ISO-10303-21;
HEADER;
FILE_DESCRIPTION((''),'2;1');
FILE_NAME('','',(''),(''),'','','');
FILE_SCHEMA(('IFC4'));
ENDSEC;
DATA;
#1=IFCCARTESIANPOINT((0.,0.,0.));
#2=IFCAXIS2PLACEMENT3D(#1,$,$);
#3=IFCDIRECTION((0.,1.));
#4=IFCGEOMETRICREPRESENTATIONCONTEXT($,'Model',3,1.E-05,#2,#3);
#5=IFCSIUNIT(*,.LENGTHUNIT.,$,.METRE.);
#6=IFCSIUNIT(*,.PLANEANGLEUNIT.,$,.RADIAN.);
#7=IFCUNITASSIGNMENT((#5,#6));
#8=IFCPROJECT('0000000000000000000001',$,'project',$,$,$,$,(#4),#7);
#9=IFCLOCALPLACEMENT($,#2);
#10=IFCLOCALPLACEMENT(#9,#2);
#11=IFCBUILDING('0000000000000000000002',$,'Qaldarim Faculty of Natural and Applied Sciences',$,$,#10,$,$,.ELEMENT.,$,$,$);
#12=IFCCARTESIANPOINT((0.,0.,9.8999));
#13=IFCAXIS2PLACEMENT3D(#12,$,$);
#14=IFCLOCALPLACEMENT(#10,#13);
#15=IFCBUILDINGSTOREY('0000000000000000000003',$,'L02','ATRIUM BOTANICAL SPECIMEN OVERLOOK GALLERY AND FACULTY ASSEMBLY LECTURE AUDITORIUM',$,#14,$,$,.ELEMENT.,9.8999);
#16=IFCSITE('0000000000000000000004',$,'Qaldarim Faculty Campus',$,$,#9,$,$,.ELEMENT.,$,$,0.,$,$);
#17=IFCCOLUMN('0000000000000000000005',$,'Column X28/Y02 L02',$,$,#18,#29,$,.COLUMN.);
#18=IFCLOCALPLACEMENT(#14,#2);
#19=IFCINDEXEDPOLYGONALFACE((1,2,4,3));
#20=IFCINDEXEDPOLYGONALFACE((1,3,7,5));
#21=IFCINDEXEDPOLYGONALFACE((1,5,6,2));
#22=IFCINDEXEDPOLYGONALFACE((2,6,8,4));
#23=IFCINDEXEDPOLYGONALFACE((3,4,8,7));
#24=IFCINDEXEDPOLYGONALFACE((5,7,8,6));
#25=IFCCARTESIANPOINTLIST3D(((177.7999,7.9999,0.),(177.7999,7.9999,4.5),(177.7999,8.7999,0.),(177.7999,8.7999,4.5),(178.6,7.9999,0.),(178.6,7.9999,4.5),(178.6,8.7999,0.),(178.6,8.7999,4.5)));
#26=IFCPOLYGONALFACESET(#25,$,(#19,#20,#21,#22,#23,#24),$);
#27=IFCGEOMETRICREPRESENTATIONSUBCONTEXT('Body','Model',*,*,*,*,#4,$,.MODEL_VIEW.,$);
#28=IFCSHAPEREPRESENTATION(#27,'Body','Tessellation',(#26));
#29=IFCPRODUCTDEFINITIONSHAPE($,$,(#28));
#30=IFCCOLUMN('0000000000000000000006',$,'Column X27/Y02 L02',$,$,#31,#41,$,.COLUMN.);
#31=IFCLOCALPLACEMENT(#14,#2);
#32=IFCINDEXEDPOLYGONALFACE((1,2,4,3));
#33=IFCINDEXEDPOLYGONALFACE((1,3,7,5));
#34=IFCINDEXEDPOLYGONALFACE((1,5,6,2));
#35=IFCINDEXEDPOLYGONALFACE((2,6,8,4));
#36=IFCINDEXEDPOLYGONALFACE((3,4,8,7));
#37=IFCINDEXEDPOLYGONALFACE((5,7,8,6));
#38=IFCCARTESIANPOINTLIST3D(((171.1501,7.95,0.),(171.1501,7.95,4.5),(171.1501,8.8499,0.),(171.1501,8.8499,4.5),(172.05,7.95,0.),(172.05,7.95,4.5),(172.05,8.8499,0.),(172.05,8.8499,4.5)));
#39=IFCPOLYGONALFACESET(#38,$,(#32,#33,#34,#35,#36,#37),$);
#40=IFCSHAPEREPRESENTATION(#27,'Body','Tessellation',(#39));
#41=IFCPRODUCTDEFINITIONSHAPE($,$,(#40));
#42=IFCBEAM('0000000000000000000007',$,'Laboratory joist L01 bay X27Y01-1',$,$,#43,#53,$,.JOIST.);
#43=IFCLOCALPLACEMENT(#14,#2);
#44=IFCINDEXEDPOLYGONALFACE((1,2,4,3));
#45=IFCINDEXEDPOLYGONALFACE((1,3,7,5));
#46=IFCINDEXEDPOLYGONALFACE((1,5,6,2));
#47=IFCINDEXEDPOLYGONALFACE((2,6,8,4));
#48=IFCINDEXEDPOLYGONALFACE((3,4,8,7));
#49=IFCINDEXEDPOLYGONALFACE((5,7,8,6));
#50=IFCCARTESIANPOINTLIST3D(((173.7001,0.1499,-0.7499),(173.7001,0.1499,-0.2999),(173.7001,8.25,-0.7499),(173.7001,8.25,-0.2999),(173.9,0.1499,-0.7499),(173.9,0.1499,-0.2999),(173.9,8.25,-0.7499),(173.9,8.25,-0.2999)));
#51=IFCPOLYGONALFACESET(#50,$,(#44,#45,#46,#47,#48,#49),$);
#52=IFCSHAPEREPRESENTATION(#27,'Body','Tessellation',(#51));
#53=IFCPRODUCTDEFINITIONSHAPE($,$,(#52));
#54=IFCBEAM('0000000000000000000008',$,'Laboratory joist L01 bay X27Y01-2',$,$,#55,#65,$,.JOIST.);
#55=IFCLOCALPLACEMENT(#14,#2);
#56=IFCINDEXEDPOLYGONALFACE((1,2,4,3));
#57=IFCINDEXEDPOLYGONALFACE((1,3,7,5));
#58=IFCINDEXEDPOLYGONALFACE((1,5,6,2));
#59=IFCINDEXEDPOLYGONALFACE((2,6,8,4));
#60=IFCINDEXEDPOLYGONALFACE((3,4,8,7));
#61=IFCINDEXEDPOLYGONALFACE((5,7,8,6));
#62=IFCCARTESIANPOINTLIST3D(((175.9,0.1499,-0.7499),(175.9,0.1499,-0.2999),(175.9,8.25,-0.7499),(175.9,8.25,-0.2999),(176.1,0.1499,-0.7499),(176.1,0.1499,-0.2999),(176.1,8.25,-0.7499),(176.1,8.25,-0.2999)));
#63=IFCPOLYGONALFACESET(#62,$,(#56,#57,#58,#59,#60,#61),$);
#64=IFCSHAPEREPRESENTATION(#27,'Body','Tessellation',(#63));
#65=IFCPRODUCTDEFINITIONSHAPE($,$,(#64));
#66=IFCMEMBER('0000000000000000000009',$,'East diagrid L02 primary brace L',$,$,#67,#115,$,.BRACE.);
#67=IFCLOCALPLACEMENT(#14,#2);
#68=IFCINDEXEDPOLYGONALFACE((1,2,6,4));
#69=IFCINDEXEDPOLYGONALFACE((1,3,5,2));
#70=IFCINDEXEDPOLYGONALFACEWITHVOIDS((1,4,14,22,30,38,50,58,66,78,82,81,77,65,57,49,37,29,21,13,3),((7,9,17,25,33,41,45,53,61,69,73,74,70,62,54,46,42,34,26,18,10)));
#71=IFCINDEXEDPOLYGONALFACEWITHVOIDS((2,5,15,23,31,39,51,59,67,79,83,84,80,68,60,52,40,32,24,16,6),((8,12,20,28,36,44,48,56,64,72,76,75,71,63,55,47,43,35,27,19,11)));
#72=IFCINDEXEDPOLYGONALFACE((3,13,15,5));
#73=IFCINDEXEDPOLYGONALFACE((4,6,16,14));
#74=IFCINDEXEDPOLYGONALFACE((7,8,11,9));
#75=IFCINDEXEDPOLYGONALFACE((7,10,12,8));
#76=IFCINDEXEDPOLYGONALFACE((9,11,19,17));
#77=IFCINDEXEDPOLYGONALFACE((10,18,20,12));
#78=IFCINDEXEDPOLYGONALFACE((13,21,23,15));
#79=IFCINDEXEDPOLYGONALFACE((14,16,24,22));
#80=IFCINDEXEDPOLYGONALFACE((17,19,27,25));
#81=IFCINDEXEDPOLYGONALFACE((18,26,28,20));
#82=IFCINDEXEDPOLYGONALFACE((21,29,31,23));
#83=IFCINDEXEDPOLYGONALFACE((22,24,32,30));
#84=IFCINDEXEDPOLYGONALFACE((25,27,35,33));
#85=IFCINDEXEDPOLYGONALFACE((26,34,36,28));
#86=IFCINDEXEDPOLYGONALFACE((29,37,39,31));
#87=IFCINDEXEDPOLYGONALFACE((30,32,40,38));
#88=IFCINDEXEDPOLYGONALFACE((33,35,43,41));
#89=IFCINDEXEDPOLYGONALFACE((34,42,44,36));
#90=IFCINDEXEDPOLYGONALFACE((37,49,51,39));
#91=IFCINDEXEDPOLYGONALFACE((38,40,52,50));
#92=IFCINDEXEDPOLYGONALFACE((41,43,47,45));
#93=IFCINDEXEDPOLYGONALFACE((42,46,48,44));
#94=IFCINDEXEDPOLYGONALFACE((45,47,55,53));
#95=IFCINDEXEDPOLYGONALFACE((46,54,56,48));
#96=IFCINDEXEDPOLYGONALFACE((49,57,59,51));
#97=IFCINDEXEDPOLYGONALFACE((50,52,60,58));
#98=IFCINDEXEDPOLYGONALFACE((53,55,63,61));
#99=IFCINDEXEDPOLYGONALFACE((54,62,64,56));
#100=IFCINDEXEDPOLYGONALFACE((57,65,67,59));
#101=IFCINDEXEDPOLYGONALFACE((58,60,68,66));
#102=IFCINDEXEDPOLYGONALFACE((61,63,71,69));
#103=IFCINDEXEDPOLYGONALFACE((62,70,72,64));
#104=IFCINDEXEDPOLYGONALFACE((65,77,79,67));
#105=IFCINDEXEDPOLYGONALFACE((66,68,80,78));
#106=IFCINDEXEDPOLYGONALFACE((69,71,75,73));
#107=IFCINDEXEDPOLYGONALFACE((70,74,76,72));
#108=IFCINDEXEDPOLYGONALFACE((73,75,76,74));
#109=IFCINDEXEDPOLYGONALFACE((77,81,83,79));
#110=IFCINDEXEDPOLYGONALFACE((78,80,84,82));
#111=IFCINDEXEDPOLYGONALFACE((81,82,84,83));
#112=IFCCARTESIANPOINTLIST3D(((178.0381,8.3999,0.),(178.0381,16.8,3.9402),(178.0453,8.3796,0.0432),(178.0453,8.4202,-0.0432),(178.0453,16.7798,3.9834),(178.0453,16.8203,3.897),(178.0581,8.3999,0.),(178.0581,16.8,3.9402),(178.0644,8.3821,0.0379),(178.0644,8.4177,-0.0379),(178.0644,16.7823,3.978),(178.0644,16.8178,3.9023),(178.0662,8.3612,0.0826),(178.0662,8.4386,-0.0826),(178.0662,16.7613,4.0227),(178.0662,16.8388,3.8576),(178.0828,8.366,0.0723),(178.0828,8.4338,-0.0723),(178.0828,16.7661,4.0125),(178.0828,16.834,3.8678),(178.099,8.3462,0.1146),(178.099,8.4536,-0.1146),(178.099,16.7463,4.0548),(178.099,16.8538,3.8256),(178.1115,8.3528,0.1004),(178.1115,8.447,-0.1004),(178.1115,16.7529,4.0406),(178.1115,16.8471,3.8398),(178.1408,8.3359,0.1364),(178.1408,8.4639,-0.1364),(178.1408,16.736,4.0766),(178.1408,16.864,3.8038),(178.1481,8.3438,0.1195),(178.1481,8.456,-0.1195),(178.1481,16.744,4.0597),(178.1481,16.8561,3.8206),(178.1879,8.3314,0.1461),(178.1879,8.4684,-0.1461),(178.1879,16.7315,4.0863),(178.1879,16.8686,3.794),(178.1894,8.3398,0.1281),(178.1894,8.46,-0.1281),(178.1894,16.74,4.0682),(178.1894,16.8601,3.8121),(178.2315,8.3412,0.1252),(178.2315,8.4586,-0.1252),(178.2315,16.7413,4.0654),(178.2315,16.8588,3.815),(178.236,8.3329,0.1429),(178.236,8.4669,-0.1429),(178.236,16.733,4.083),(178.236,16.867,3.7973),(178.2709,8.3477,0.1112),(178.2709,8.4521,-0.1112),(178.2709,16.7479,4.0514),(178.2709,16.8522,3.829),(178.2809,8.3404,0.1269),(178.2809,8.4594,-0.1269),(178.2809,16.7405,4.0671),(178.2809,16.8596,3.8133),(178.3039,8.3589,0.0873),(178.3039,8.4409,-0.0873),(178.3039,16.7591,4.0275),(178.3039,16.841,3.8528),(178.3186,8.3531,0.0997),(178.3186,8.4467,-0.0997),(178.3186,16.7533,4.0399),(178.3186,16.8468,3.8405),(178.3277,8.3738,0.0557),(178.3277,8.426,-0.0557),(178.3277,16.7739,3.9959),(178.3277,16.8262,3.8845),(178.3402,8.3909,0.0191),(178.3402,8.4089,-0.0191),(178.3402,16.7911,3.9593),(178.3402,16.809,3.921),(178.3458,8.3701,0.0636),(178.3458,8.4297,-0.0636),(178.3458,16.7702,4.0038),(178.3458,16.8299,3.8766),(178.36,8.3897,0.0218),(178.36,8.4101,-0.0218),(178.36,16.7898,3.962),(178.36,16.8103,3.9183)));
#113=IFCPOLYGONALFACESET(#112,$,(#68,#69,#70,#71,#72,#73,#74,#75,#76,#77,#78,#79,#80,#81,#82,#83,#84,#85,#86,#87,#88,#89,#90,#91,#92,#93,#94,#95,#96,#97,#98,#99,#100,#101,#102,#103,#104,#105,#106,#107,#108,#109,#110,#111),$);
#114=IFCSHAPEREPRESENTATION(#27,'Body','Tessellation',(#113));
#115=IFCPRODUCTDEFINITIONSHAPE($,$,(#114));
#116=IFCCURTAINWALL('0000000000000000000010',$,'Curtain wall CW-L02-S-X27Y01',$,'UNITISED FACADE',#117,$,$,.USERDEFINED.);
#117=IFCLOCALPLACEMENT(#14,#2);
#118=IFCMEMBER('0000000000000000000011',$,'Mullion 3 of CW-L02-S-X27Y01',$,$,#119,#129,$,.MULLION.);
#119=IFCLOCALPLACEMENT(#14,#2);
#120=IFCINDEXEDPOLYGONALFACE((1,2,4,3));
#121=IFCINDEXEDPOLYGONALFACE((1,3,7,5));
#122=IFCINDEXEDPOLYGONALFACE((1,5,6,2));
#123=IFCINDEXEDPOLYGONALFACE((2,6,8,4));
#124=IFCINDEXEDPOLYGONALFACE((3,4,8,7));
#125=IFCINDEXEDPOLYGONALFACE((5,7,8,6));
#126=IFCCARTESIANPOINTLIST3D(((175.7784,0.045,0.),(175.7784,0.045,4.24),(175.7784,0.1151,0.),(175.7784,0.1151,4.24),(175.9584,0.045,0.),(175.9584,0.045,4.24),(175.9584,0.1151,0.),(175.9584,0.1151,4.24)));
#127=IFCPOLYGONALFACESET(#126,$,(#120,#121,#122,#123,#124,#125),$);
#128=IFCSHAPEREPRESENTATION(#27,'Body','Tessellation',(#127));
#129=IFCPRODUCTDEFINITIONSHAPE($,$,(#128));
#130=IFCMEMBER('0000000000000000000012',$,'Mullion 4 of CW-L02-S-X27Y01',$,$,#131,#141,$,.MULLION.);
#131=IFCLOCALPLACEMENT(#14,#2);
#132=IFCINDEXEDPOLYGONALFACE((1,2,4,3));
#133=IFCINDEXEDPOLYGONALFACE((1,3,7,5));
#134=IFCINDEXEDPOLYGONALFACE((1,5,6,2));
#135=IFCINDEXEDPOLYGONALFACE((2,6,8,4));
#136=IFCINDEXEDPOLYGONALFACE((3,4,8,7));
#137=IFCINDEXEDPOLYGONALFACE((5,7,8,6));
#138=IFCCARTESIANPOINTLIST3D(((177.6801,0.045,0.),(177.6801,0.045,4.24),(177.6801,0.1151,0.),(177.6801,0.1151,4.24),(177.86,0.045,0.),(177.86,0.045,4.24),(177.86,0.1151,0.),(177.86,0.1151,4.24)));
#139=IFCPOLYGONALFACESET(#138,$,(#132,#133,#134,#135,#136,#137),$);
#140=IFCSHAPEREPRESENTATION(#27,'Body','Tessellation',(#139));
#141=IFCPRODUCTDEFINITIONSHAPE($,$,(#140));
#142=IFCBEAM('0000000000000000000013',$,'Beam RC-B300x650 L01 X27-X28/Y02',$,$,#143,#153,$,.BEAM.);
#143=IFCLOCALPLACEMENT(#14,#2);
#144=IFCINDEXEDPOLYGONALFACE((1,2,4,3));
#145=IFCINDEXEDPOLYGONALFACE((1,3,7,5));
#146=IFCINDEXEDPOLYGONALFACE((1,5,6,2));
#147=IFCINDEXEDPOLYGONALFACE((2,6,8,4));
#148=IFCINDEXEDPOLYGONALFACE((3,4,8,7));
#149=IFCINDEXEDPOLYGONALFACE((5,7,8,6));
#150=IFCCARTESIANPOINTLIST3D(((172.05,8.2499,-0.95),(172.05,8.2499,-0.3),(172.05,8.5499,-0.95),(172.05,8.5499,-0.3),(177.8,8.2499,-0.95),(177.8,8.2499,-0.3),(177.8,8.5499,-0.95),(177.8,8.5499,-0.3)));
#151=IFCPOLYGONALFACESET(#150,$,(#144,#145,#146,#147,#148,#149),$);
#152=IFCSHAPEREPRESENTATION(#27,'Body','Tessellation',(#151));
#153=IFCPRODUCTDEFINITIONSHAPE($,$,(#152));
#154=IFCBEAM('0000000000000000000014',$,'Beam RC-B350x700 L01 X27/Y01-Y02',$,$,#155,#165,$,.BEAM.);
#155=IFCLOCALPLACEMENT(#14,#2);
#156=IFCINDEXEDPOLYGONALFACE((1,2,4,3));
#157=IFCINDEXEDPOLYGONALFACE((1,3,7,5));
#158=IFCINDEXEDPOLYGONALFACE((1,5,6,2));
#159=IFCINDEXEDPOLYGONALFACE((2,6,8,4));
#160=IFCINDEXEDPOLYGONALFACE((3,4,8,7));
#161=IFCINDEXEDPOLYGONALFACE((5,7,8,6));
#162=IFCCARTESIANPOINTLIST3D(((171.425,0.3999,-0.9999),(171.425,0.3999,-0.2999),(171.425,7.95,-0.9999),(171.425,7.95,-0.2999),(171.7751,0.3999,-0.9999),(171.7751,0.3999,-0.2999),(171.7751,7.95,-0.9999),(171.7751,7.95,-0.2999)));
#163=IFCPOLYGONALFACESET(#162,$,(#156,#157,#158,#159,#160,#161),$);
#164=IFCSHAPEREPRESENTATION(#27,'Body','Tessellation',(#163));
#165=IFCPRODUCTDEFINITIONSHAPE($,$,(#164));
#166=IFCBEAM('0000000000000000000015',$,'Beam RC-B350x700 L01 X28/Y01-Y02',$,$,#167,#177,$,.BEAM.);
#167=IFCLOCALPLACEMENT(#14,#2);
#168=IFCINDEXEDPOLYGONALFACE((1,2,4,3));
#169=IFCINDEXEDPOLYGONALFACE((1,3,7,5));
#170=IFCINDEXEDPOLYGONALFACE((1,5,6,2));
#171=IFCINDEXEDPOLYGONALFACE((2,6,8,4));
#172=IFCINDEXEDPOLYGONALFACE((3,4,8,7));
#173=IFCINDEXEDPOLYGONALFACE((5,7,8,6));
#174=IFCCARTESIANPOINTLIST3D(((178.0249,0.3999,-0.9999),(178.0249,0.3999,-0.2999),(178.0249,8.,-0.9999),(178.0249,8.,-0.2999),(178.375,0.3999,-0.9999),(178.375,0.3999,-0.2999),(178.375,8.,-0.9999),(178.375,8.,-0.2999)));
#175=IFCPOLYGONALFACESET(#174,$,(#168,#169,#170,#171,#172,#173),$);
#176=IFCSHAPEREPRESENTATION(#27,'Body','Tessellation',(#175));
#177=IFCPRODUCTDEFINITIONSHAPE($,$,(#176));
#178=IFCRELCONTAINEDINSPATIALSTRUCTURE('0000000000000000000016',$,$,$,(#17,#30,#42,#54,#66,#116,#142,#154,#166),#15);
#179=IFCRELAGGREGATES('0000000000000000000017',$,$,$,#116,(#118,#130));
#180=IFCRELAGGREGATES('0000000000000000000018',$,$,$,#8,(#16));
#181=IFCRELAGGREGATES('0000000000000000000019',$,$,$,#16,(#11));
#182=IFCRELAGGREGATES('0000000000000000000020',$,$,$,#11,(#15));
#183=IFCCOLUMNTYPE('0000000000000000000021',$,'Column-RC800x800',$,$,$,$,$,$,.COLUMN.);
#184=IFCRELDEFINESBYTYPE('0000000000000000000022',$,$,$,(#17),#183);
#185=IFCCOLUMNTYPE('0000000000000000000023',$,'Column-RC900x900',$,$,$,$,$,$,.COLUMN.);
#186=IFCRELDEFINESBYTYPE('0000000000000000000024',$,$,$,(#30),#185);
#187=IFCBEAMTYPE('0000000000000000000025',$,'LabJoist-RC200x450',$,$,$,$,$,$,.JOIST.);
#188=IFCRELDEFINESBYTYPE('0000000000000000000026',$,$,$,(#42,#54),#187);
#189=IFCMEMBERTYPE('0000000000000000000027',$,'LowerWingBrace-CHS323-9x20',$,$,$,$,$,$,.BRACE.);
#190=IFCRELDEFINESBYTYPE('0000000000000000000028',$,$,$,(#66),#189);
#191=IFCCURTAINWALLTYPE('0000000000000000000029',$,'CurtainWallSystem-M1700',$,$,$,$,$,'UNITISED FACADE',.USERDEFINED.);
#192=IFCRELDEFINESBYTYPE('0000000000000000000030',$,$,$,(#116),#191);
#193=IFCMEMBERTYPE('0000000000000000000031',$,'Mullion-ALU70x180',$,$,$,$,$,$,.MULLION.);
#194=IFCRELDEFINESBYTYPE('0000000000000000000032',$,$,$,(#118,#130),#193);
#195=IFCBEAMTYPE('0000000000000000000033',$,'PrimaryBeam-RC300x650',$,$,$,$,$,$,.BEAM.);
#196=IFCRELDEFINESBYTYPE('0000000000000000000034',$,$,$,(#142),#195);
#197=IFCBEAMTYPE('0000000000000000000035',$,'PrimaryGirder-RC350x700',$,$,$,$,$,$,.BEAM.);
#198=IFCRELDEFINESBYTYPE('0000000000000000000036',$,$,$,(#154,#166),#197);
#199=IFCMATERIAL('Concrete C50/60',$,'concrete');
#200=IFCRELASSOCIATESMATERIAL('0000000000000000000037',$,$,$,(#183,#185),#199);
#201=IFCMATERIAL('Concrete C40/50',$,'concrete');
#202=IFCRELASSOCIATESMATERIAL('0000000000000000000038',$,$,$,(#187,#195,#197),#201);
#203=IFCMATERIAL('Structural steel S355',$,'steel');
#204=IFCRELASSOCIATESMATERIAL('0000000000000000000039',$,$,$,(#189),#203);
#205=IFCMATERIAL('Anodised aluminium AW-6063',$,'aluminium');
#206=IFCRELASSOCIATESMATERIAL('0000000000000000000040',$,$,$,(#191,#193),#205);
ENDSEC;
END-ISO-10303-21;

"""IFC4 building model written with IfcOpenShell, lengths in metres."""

from ifc_helpers import new_model, si_unit, direction, frame, origin, origin_2d, place, context, subcontext, project, spatial, rectangle, hollow_circle, extrude, material, material_profile, profile_set, type_object, element, aggregate, save


model = new_model("IFC4")

# Units and contexts
model_context = context("Model", 3, precision=1e-05, world=origin(), true_north=direction((0.0, 1.0)))
body_context = subcontext(model_context, "Body", "Model", "MODEL_VIEW")
ifc_project = project(units=[si_unit("LENGTHUNIT", "METRE"), si_unit("PLANEANGLEUNIT", "RADIAN")], contexts=[model_context])

# Site, building, storey
site_placement = place(None, origin())
site = spatial("IfcSite", under=ifc_project, at=site_placement, Name="Qaldarim Faculty Campus", CompositionType="ELEMENT", RefElevation=0.0)
building_placement = place(site_placement, origin())
building = spatial("IfcBuilding", under=site, at=building_placement, Name="Qaldarim Faculty of Natural and Applied Sciences", CompositionType="ELEMENT")
storey_placement = place(building_placement, frame((0.0, 0.0, 9.8999)))
storey = spatial("IfcBuildingStorey", under=building, at=storey_placement, Name="L02", Description="ATRIUM BOTANICAL SPECIMEN OVERLOOK GALLERY AND FACULTY ASSEMBLY LECTURE AUDITORIUM", CompositionType="ELEMENT", Elevation=9.8999)

# Columns
ifc_material_1 = material(Name="Concrete C50/60", Category="concrete")
ifc_material_profile_1 = material_profile(ifc_material_1, rectangle(XDim=0.8, YDim=0.8, at=origin_2d()), Name="RC-C800x800")
ifc_profile_set_1 = profile_set([ifc_material_profile_1], Name="Concrete C50/60")
column_type_1 = type_object("IfcColumnType", Name="Column-RC800x800", PredefinedType="COLUMN", material=ifc_profile_set_1)
column_1_placement = place(storey_placement, frame((178.2, 8.3999, 0.0), z_axis=(0.0, 0.0, 1.0), x_axis=(1.0, 0.0, 0.0)))
element("IfcColumn", 1, at=column_1_placement, inside=storey, type_object=column_type_1, Name="Column X28/Y02 L02", PredefinedType="COLUMN", context=body_context, shape_type="SweptSolid", body=[
    extrude(rectangle(XDim=0.8, YDim=0.8, at=origin_2d()), origin(), (0.0, 0.0, 1.0), 4.5),
])
ifc_material_profile_2 = material_profile(ifc_material_1, rectangle(XDim=0.8999, YDim=0.8999, at=origin_2d()), Name="RC-C900x900")
ifc_profile_set_2 = profile_set([ifc_material_profile_2], Name="Concrete C50/60")
column_type_2 = type_object("IfcColumnType", Name="Column-RC900x900", PredefinedType="COLUMN", material=ifc_profile_set_2)
column_2_placement = place(storey_placement, frame((171.6001, 8.3999, 0.0), z_axis=(0.0, 0.0, 1.0), x_axis=(1.0, 0.0, 0.0)))
element("IfcColumn", 2, at=column_2_placement, inside=storey, type_object=column_type_2, Name="Column X27/Y02 L02", PredefinedType="COLUMN", context=body_context, shape_type="SweptSolid", body=[
    extrude(rectangle(XDim=0.8999, YDim=0.8999, at=origin_2d()), origin(), (0.0, 0.0, 1.0), 4.5),
])

# Beams
ifc_material_2 = material(Name="Concrete C40/50", Category="concrete")
ifc_material_profile_3 = material_profile(ifc_material_2, rectangle(XDim=0.2, YDim=0.45, at=origin_2d()), Name="RC-J200x450")
ifc_profile_set_3 = profile_set([ifc_material_profile_3], Name="Concrete C40/50")
beam_type_1 = type_object("IfcBeamType", Name="LabJoist-RC200x450", PredefinedType="JOIST", material=ifc_profile_set_3)
for number, where, z_axis, x_axis, name in (
    (3, (173.8, 0.1499, -0.5249), (0.0, 1.0, 0.0), (-1.0, 0.0, 0.0), "Laboratory joist L01 bay X27Y01-1"),
    (4, (176.0, 0.1499, -0.5249), (0.0, 1.0, 0.0), (-1.0, 0.0, 0.0), "Laboratory joist L01 bay X27Y01-2"),
):
    element("IfcBeam", number, at=place(storey_placement, frame(where, z_axis=z_axis, x_axis=x_axis)), inside=storey, type_object=beam_type_1, Name=name, PredefinedType="JOIST", context=body_context, shape_type="SweptSolid", body=[
        extrude(rectangle(XDim=0.2, YDim=0.45, at=origin_2d()), origin(), (0.0, 0.0, 1.0), 8.1001),
    ])

# Member
ifc_material_3 = material(Name="Structural steel S355", Category="steel")
ifc_material_profile_4 = material_profile(ifc_material_3, hollow_circle(Radius=0.1619, WallThickness=0.02, at=origin_2d()), Name="CHS 323.9x20.0")
ifc_profile_set_4 = profile_set([ifc_material_profile_4], Name="Structural steel S355")
member_type_1 = type_object("IfcMemberType", Name="LowerWingBrace-CHS323-9x20", PredefinedType="BRACE", material=ifc_profile_set_4)
member_1_placement = place(storey_placement, frame((178.2, 8.3999, 0.0), z_axis=(0.0, 0.905351, 0.424665), x_axis=(-1.0, 0.0, 0.0)))
element("IfcMember", 5, at=member_1_placement, inside=storey, type_object=member_type_1, Name="East diagrid L02 primary brace L", PredefinedType="BRACE", context=body_context, shape_type="SweptSolid", body=[
    extrude(hollow_circle(Radius=0.1619, WallThickness=0.02, at=origin_2d()), origin(), (0.0, 0.0, 1.0), 9.2783),
])

# Curtain wall, members
ifc_material_4 = material(Name="Anodised aluminium AW-6063", Category="aluminium")
curtain_wall_type = type_object("IfcCurtainWallType", Name="CurtainWallSystem-M1700", ElementType="UNITISED FACADE", PredefinedType="USERDEFINED", material=ifc_material_4)
curtain_wall_placement = place(storey_placement, origin())
curtain_wall = element("IfcCurtainWall", 6, at=curtain_wall_placement, inside=storey, type_object=curtain_wall_type, Name="Curtain wall CW-L02-S-X27Y01", ObjectType="UNITISED FACADE", PredefinedType="USERDEFINED")
ifc_material_profile_5 = material_profile(ifc_material_4, rectangle(XDim=0.0701, YDim=0.1799, at=origin_2d()), Name="ALU-M70x180")
ifc_profile_set_5 = profile_set([ifc_material_profile_5], Name="Anodised aluminium AW-6063")
member_type_2 = type_object("IfcMemberType", Name="Mullion-ALU70x180", PredefinedType="MULLION", material=ifc_profile_set_5)
member_2_placement = place(storey_placement, frame((175.8684, 0.0801, 0.0), z_axis=(0.0, 0.0, 1.0), x_axis=(0.0, 1.0, 0.0)))
member_2 = element("IfcMember", 7, at=member_2_placement, type_object=member_type_2, Name="Mullion 3 of CW-L02-S-X27Y01", PredefinedType="MULLION", context=body_context, shape_type="SweptSolid", body=[
    extrude(rectangle(XDim=0.0701, YDim=0.1799, at=origin_2d()), origin(), (0.0, 0.0, 1.0), 4.24),
])
member_3_placement = place(storey_placement, frame((177.77, 0.0801, 0.0), z_axis=(0.0, 0.0, 1.0), x_axis=(0.0, 1.0, 0.0)))
member_3 = element("IfcMember", 8, at=member_3_placement, type_object=member_type_2, Name="Mullion 4 of CW-L02-S-X27Y01", PredefinedType="MULLION", context=body_context, shape_type="SweptSolid", body=[
    extrude(rectangle(XDim=0.0701, YDim=0.1799, at=origin_2d()), origin(), (0.0, 0.0, 1.0), 4.24),
])

# Beams
ifc_material_profile_6 = material_profile(ifc_material_2, rectangle(XDim=0.3, YDim=0.6499, at=origin_2d()), Name="RC-B300x650")
ifc_profile_set_6 = profile_set([ifc_material_profile_6], Name="Concrete C40/50")
beam_type_2 = type_object("IfcBeamType", Name="PrimaryBeam-RC300x650", PredefinedType="BEAM", material=ifc_profile_set_6)
beam_1_placement = place(storey_placement, frame((172.05, 8.3999, -0.625), z_axis=(1.0, 0.0, 0.0), x_axis=(0.0, 1.0, 0.0)))
element("IfcBeam", 9, at=beam_1_placement, inside=storey, type_object=beam_type_2, Name="Beam RC-B300x650 L01 X27-X28/Y02", PredefinedType="BEAM", context=body_context, shape_type="SweptSolid", body=[
    extrude(rectangle(XDim=0.3, YDim=0.6499, at=origin_2d()), origin(), (0.0, 0.0, 1.0), 5.75),
])
ifc_material_profile_7 = material_profile(ifc_material_2, rectangle(XDim=0.3501, YDim=0.7, at=origin_2d()), Name="RC-B350x700")
ifc_profile_set_7 = profile_set([ifc_material_profile_7], Name="Concrete C40/50")
beam_type_3 = type_object("IfcBeamType", Name="PrimaryGirder-RC350x700", PredefinedType="BEAM", material=ifc_profile_set_7)
beam_2_placement = place(storey_placement, frame((171.6001, 0.3999, -0.6499), z_axis=(0.0, 1.0, 0.0), x_axis=(-1.0, 0.0, 0.0)))
element("IfcBeam", 10, at=beam_2_placement, inside=storey, type_object=beam_type_3, Name="Beam RC-B350x700 L01 X27/Y01-Y02", PredefinedType="BEAM", context=body_context, shape_type="SweptSolid", body=[
    extrude(rectangle(XDim=0.3501, YDim=0.7, at=origin_2d()), origin(), (0.0, 0.0, 1.0), 7.55),
])
beam_3_placement = place(storey_placement, frame((178.2, 0.3999, -0.6499), z_axis=(0.0, 1.0, 0.0), x_axis=(-1.0, 0.0, 0.0)))
element("IfcBeam", 11, at=beam_3_placement, inside=storey, type_object=beam_type_3, Name="Beam RC-B350x700 L01 X28/Y01-Y02", PredefinedType="BEAM", context=body_context, shape_type="SweptSolid", body=[
    extrude(rectangle(XDim=0.3501, YDim=0.7, at=origin_2d()), origin(), (0.0, 0.0, 1.0), 7.6001),
])

aggregate(curtain_wall, [member_2, member_3])

save(model, "model.ifc")
